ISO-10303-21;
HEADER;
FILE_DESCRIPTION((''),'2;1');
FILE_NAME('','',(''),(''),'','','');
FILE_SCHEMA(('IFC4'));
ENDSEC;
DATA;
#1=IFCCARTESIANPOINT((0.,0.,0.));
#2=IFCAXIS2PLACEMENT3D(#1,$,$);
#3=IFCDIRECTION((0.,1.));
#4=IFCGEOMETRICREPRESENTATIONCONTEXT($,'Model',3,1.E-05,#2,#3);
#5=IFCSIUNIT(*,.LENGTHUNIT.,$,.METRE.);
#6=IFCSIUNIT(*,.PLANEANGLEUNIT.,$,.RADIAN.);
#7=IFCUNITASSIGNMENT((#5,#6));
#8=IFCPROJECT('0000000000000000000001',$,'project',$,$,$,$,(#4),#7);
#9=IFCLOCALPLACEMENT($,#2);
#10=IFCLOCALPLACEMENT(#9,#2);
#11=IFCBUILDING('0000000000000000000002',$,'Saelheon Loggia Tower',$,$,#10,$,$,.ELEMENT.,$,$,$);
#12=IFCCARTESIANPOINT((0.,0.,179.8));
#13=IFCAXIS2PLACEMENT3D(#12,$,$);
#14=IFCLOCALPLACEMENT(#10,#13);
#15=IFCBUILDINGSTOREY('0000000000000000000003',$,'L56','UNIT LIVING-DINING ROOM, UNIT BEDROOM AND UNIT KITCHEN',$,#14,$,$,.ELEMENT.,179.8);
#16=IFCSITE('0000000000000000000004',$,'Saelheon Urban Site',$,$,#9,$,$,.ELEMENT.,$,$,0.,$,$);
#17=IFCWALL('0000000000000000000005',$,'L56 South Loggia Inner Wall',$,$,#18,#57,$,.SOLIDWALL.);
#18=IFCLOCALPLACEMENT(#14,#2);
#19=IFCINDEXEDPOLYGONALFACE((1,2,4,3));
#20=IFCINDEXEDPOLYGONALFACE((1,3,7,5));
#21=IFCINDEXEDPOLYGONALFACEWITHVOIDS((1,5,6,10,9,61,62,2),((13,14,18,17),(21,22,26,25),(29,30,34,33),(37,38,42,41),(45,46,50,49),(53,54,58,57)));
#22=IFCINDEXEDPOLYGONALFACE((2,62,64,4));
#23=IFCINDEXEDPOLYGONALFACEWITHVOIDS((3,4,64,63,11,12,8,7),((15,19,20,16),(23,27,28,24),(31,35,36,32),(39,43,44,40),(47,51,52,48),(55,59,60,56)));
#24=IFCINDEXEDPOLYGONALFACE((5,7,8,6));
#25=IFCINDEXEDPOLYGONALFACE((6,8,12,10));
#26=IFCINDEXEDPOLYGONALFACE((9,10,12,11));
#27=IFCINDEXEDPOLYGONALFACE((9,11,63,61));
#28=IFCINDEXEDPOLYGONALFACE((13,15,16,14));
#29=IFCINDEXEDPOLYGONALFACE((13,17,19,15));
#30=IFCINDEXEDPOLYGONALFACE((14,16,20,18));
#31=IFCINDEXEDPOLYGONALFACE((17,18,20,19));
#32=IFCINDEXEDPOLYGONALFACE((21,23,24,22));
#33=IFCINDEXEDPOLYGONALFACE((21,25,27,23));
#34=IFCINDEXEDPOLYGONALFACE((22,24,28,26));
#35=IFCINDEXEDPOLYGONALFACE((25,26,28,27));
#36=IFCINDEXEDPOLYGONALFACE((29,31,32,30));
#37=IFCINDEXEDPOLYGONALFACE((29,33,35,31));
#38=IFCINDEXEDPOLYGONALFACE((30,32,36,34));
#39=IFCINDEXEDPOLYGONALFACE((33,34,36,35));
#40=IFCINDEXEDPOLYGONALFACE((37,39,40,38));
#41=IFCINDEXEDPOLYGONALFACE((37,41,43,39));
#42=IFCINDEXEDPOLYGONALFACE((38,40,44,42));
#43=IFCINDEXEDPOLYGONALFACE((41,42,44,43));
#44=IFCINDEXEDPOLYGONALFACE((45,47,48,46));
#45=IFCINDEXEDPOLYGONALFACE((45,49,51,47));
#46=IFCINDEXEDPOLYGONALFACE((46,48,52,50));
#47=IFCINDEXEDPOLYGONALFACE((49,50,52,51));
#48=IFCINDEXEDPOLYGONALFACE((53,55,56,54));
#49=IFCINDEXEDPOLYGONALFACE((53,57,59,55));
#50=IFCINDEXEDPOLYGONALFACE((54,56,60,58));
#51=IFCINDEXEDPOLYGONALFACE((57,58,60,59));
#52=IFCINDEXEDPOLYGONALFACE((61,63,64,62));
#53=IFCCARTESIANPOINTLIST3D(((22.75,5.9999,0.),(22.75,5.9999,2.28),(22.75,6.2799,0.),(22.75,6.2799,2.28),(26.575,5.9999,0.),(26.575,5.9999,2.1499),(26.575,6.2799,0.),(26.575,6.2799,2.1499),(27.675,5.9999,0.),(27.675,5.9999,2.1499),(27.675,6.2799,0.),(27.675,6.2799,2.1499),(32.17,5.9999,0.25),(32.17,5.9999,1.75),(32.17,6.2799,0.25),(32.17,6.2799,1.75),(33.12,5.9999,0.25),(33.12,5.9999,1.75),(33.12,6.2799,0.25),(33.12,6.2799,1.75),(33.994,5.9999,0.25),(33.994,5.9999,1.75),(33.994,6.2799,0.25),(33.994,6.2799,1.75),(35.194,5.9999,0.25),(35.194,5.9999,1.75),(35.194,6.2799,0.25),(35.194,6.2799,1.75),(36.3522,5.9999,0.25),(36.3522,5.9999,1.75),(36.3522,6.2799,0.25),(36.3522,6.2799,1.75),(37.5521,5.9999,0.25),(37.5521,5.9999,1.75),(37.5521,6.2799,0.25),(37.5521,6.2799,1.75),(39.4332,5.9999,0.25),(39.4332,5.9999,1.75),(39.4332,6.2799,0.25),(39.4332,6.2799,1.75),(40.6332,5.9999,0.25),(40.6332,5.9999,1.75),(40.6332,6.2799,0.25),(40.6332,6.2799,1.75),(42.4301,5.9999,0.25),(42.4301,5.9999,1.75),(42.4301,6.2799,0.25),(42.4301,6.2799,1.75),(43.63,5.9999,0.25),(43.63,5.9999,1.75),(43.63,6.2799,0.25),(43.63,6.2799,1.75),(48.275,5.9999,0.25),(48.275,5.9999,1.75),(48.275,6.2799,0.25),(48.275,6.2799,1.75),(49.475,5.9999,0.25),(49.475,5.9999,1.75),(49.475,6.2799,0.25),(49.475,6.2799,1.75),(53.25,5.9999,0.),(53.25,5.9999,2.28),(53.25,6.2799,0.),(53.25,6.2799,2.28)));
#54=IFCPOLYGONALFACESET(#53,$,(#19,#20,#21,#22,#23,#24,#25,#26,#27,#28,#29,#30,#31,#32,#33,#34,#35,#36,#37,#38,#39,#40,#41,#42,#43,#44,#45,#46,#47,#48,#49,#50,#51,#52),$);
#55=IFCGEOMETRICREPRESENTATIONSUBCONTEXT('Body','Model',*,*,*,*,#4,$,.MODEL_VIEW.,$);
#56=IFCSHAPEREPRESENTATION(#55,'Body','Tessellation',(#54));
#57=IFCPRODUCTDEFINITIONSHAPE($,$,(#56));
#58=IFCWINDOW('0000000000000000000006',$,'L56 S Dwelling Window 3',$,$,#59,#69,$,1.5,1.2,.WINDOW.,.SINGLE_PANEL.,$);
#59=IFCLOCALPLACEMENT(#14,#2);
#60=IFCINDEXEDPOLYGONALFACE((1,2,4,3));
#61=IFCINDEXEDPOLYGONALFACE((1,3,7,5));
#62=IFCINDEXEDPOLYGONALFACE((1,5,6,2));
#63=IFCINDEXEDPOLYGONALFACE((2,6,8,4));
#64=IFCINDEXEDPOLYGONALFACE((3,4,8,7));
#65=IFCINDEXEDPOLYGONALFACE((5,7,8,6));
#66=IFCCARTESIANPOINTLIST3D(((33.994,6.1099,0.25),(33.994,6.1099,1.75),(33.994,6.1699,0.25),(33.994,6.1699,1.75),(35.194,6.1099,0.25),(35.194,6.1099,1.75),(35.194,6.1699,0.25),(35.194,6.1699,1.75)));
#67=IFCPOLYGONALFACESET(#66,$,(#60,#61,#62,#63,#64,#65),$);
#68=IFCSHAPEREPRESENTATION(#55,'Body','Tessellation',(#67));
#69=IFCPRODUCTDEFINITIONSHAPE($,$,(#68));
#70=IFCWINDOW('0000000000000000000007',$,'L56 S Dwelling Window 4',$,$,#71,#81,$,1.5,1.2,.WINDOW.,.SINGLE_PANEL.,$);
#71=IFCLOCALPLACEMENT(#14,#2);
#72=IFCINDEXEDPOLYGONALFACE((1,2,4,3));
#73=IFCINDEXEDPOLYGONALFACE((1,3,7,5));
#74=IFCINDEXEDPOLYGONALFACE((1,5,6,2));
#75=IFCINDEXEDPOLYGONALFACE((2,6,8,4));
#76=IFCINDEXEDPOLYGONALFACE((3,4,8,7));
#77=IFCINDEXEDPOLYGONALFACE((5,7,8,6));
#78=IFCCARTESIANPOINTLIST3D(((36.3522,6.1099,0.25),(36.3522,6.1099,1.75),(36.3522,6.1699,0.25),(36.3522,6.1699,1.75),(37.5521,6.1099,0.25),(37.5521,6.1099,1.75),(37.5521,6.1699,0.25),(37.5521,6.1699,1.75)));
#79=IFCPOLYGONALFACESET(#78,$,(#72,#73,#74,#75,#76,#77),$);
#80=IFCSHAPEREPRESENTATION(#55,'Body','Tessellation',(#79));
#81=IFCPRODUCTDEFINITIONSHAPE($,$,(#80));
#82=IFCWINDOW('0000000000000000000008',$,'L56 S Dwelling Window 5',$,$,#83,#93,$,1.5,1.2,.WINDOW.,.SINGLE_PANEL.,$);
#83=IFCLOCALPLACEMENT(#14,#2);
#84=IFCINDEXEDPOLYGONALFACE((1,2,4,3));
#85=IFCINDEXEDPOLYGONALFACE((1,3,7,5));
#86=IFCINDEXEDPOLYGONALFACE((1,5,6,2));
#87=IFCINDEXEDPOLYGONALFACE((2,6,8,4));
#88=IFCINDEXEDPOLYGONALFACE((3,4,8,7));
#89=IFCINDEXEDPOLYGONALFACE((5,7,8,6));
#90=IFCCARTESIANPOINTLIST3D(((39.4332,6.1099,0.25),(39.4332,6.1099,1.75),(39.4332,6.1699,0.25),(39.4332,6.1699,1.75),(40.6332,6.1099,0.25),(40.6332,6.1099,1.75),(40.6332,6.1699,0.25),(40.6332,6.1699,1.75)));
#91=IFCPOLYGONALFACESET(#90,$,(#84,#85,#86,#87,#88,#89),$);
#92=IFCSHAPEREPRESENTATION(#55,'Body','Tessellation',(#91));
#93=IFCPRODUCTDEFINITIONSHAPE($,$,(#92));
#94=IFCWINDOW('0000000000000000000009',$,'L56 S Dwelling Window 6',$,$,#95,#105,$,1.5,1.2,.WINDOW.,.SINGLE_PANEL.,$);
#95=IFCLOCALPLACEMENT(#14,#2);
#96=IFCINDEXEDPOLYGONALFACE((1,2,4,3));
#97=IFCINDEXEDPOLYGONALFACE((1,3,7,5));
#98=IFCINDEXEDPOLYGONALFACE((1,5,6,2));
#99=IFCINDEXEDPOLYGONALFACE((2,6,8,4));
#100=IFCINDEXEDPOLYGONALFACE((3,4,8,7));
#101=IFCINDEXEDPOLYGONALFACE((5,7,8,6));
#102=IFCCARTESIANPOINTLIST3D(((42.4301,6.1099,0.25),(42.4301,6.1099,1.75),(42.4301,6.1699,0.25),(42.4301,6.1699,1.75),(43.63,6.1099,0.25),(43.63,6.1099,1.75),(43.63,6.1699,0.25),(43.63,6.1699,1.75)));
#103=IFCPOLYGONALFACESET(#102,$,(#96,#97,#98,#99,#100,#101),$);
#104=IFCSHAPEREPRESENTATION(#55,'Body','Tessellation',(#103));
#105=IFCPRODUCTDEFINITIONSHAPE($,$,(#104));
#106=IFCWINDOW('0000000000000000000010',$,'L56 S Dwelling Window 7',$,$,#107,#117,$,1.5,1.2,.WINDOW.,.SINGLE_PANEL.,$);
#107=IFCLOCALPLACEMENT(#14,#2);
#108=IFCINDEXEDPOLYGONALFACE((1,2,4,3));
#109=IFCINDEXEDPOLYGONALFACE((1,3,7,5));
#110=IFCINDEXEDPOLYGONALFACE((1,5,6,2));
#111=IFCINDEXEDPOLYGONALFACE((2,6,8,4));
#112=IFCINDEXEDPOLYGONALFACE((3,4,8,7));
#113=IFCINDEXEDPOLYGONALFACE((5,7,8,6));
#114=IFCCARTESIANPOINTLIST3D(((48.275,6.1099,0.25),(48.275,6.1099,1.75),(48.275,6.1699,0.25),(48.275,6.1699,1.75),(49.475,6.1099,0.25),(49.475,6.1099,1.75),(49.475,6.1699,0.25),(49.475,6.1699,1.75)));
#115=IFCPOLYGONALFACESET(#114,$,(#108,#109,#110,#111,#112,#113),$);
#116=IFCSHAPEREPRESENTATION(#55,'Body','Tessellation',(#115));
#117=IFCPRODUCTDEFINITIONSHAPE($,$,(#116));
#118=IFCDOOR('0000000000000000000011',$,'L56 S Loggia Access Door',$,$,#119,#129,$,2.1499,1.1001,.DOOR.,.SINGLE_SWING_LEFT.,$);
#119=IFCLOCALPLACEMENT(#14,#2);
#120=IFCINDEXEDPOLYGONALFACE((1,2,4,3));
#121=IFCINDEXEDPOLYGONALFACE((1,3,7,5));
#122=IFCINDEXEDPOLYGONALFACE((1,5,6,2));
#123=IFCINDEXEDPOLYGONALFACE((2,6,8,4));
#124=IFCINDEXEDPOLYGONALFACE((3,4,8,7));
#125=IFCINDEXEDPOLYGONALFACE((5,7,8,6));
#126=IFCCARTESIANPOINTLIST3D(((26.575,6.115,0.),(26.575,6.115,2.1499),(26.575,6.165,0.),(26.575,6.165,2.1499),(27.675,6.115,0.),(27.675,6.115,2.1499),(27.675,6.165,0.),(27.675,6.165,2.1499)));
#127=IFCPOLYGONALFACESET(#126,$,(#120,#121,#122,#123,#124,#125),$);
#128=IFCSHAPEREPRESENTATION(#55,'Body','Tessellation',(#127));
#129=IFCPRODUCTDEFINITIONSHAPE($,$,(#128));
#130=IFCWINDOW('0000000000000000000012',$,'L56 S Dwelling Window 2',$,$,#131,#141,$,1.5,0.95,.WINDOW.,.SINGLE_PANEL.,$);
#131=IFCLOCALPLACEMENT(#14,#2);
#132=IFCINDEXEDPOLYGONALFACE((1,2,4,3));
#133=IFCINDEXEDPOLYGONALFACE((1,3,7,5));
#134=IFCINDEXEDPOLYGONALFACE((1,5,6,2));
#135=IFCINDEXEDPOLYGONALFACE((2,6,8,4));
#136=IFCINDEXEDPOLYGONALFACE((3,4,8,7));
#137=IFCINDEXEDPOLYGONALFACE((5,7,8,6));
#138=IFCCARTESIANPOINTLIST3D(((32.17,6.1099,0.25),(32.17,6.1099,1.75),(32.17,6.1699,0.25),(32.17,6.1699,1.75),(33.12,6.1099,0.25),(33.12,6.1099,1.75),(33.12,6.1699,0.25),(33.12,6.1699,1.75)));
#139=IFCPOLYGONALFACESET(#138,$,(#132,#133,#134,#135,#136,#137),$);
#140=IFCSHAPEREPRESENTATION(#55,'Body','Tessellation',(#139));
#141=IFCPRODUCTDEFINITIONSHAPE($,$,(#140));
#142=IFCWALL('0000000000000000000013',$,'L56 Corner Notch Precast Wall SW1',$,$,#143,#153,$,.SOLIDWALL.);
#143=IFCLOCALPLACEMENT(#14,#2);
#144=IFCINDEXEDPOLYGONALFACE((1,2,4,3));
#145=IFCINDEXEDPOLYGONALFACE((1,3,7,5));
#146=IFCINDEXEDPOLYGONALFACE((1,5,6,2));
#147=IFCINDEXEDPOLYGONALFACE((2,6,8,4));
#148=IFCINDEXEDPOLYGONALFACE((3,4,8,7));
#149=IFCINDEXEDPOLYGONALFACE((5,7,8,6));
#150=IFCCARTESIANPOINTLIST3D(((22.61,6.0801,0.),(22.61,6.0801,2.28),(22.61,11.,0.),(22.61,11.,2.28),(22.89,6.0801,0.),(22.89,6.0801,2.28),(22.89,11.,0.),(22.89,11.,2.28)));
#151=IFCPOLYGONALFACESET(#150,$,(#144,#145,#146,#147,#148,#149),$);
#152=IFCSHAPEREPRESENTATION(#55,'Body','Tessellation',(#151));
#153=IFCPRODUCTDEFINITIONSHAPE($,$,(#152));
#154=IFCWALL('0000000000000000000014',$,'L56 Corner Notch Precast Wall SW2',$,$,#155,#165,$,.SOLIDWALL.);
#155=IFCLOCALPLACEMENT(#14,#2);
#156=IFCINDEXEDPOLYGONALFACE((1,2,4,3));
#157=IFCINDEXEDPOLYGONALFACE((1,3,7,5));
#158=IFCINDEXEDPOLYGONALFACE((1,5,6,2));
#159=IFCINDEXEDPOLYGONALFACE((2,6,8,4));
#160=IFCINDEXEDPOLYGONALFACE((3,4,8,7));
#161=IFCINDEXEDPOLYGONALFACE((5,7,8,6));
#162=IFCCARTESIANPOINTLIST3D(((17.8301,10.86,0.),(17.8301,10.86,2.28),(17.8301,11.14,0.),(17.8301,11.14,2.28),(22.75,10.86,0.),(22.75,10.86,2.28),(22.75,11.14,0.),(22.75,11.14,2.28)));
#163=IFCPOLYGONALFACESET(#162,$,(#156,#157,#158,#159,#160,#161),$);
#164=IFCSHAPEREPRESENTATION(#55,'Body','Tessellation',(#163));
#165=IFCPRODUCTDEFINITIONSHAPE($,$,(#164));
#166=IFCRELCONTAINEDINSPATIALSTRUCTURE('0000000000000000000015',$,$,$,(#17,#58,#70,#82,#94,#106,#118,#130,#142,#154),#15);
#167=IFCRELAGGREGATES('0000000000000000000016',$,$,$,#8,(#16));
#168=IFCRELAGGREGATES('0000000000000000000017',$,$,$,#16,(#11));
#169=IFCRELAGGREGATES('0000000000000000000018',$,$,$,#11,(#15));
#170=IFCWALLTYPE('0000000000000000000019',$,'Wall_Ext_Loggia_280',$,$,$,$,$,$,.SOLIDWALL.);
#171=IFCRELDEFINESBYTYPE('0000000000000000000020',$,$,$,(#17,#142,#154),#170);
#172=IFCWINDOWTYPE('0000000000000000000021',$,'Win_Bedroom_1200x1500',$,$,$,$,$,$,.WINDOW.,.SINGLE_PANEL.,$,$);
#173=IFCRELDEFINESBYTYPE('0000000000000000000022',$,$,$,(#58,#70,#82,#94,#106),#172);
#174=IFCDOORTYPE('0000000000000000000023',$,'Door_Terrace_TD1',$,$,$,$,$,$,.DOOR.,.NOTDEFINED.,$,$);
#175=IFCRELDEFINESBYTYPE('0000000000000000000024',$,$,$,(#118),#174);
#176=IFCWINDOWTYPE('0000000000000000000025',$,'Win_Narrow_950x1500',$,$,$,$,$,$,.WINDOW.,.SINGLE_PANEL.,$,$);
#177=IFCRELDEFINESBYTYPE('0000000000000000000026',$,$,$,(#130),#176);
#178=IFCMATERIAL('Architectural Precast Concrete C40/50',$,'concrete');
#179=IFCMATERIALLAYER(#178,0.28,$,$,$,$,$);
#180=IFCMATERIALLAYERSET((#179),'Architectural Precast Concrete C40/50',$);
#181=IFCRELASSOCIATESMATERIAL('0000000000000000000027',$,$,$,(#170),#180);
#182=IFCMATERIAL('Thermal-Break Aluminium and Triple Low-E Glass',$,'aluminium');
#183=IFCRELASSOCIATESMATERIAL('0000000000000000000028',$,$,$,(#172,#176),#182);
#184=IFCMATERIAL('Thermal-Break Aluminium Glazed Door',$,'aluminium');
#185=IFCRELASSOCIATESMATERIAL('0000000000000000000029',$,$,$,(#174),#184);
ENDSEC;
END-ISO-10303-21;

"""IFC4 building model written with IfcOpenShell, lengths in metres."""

from ifc_helpers import new_model, si_unit, direction, frame, frame_2d, origin, place, context, subcontext, project, spatial, rectangle, extrude, source, transform, mapped, material, layer, layer_set, type_object, element, fill, save


model = new_model("IFC4")

# Units and contexts
model_context = context("Model", 3, precision=1e-05, world=origin(), true_north=direction((0.0, 1.0)))
body_context = subcontext(model_context, "Body", "Model", "MODEL_VIEW")
ifc_project = project(units=[si_unit("LENGTHUNIT", "METRE"), si_unit("PLANEANGLEUNIT", "RADIAN")], contexts=[model_context])

# Site, building, storey
site_placement = place(None, origin())
site = spatial("IfcSite", under=ifc_project, at=site_placement, Name="Saelheon Urban Site", CompositionType="ELEMENT", RefElevation=0.0)
building_placement = place(site_placement, origin())
building = spatial("IfcBuilding", under=site, at=building_placement, Name="Saelheon Loggia Tower", CompositionType="ELEMENT")
storey_placement = place(building_placement, frame((0.0, 0.0, 179.8)))
storey = spatial("IfcBuildingStorey", under=building, at=storey_placement, Name="L56", Description="UNIT LIVING-DINING ROOM, UNIT BEDROOM AND UNIT KITCHEN", CompositionType="ELEMENT", Elevation=179.8)

# Wall, openings, windows, door
ifc_material_1 = material(Name="Architectural Precast Concrete C40/50", Category="concrete")
ifc_layer = layer(ifc_material_1, 0.28)
ifc_layer_set = layer_set([ifc_layer], Name="Architectural Precast Concrete C40/50")
wall_type = type_object("IfcWallType", Name="Wall_Ext_Loggia_280", PredefinedType="SOLIDWALL", material=ifc_layer_set)
wall_1_placement = place(storey_placement, frame((22.75, 6.1399, 0.0), z_axis=(0.0, 0.0, 1.0), x_axis=(1.0, 0.0, 0.0)))
wall_1 = element("IfcWall", 1, at=wall_1_placement, inside=storey, type_object=wall_type, Name="L56 South Loggia Inner Wall", PredefinedType="SOLIDWALL", context=body_context, shape_type="SweptSolid", body=[
    extrude(rectangle(XDim=30.5, YDim=0.28, at=frame_2d((15.25, 0.0))), origin(), (0.0, 0.0, 1.0), 2.28),
])
opening_1_placement = place(wall_1_placement, frame((4.925, 0.0, 0.0), z_axis=(0.0, 0.0, 1.0), x_axis=(-1.0, 0.0, 0.0)))
opening_1 = element("IfcOpeningElement", 2, at=opening_1_placement, cuts=wall_1, PredefinedType="OPENING", context=body_context, shape_type="SweptSolid", body=[
    extrude(rectangle(XDim=1.1001, YDim=2.1499, at=frame_2d((0.55, 1.075))), frame((0.0, 0.1521, 0.0), z_axis=(0.0, -1.0, 0.0), x_axis=(1.0, 0.0, 0.0)), (0.0, 0.0, 1.0), 0.304),
])
opening_2_placement = place(wall_1_placement, frame((9.4199, 0.0, 0.25)))
opening_2 = element("IfcOpeningElement", 3, at=opening_2_placement, cuts=wall_1, PredefinedType="OPENING", context=body_context, shape_type="SweptSolid", body=[
    extrude(rectangle(XDim=0.95, YDim=1.5, at=frame_2d((0.4751, 0.75))), frame((0.0, 0.1521, 0.0), z_axis=(0.0, -1.0, 0.0), x_axis=(1.0, 0.0, 0.0)), (0.0, 0.0, 1.0), 0.304),
])
opening_3_placement = place(wall_1_placement, frame((11.2439, 0.0, 0.25)))
opening_3 = element("IfcOpeningElement", 4, at=opening_3_placement, cuts=wall_1, PredefinedType="OPENING", context=body_context, shape_type="SweptSolid", body=[
    extrude(rectangle(XDim=1.2, YDim=1.5, at=frame_2d((0.6001, 0.75))), frame((0.0, 0.1521, 0.0), z_axis=(0.0, -1.0, 0.0), x_axis=(1.0, 0.0, 0.0)), (0.0, 0.0, 1.0), 0.304),
])
opening_4_placement = place(wall_1_placement, frame((13.6021, 0.0, 0.25)))
opening_4 = element("IfcOpeningElement", 5, at=opening_4_placement, cuts=wall_1, PredefinedType="OPENING", context=body_context, shape_type="SweptSolid", body=[
    extrude(rectangle(XDim=1.2, YDim=1.5, at=frame_2d((0.6001, 0.75))), frame((0.0, 0.1521, 0.0), z_axis=(0.0, -1.0, 0.0), x_axis=(1.0, 0.0, 0.0)), (0.0, 0.0, 1.0), 0.304),
])
opening_5_placement = place(wall_1_placement, frame((16.6831, 0.0, 0.25)))
opening_5 = element("IfcOpeningElement", 6, at=opening_5_placement, cuts=wall_1, PredefinedType="OPENING", context=body_context, shape_type="SweptSolid", body=[
    extrude(rectangle(XDim=1.2, YDim=1.5, at=frame_2d((0.6001, 0.75))), frame((0.0, 0.1521, 0.0), z_axis=(0.0, -1.0, 0.0), x_axis=(1.0, 0.0, 0.0)), (0.0, 0.0, 1.0), 0.304),
])
opening_6_placement = place(wall_1_placement, frame((19.6799, 0.0, 0.25)))
opening_6 = element("IfcOpeningElement", 7, at=opening_6_placement, cuts=wall_1, PredefinedType="OPENING", context=body_context, shape_type="SweptSolid", body=[
    extrude(rectangle(XDim=1.2, YDim=1.5, at=frame_2d((0.6001, 0.75))), frame((0.0, 0.1521, 0.0), z_axis=(0.0, -1.0, 0.0), x_axis=(1.0, 0.0, 0.0)), (0.0, 0.0, 1.0), 0.304),
])
opening_7_placement = place(wall_1_placement, frame((25.5249, 0.0, 0.25)))
opening_7 = element("IfcOpeningElement", 8, at=opening_7_placement, cuts=wall_1, PredefinedType="OPENING", context=body_context, shape_type="SweptSolid", body=[
    extrude(rectangle(XDim=1.2, YDim=1.5, at=frame_2d((0.6001, 0.75))), frame((0.0, 0.1521, 0.0), z_axis=(0.0, -1.0, 0.0), x_axis=(1.0, 0.0, 0.0)), (0.0, 0.0, 1.0), 0.304),
])
ifc_material_2 = material(Name="Thermal-Break Aluminium and Triple Low-E Glass", Category="aluminium")
window_type_1 = type_object("IfcWindowType", Name="Win_Bedroom_1200x1500", PartitioningType="SINGLE_PANEL", PredefinedType="WINDOW", material=ifc_material_2)
shared_shape_1 = source(origin(), body_context, "Body", "SweptSolid", [
    extrude(rectangle(XDim=1.2, YDim=1.5, at=frame_2d((0.6001, 0.75))), frame((0.0, 0.03, 0.0), z_axis=(0.0, -1.0, 0.0), x_axis=(1.0, 0.0, 0.0)), (0.0, 0.0, 1.0), 0.0601),
])
window_1_placement = place(opening_3_placement, origin())
window_1 = element("IfcWindow", 9, at=window_1_placement, inside=storey, type_object=window_type_1, Name="L56 S Dwelling Window 3", OverallHeight=1.5, OverallWidth=1.2, PartitioningType="SINGLE_PANEL", PredefinedType="WINDOW", context=body_context, shape_type="MappedRepresentation", body=[
    mapped(shared_shape_1, transform((0.0, 0.0, 0.0), scale=1.0)),
])
fill(opening_3, window_1)
window_2_placement = place(opening_4_placement, origin())
window_2 = element("IfcWindow", 10, at=window_2_placement, inside=storey, type_object=window_type_1, Name="L56 S Dwelling Window 4", OverallHeight=1.5, OverallWidth=1.2, PartitioningType="SINGLE_PANEL", PredefinedType="WINDOW", context=body_context, shape_type="MappedRepresentation", body=[
    mapped(shared_shape_1, transform((0.0, 0.0, 0.0), scale=1.0)),
])
fill(opening_4, window_2)
window_3_placement = place(opening_5_placement, origin())
window_3 = element("IfcWindow", 11, at=window_3_placement, inside=storey, type_object=window_type_1, Name="L56 S Dwelling Window 5", OverallHeight=1.5, OverallWidth=1.2, PartitioningType="SINGLE_PANEL", PredefinedType="WINDOW", context=body_context, shape_type="MappedRepresentation", body=[
    mapped(shared_shape_1, transform((0.0, 0.0, 0.0), scale=1.0)),
])
fill(opening_5, window_3)
window_4_placement = place(opening_6_placement, origin())
window_4 = element("IfcWindow", 12, at=window_4_placement, inside=storey, type_object=window_type_1, Name="L56 S Dwelling Window 6", OverallHeight=1.5, OverallWidth=1.2, PartitioningType="SINGLE_PANEL", PredefinedType="WINDOW", context=body_context, shape_type="MappedRepresentation", body=[
    mapped(shared_shape_1, transform((0.0, 0.0, 0.0), scale=1.0)),
])
fill(opening_6, window_4)
window_5_placement = place(opening_7_placement, origin())
window_5 = element("IfcWindow", 13, at=window_5_placement, inside=storey, type_object=window_type_1, Name="L56 S Dwelling Window 7", OverallHeight=1.5, OverallWidth=1.2, PartitioningType="SINGLE_PANEL", PredefinedType="WINDOW", context=body_context, shape_type="MappedRepresentation", body=[
    mapped(shared_shape_1, transform((0.0, 0.0, 0.0), scale=1.0)),
])
fill(opening_7, window_5)
ifc_material_3 = material(Name="Thermal-Break Aluminium Glazed Door", Category="aluminium")
door_type_1 = type_object("IfcDoorType", Name="Door_Terrace_TD1", OperationType="NOTDEFINED", PredefinedType="DOOR", material=ifc_material_3)
shared_shape_2 = source(origin(), body_context, "Body", "SweptSolid", [
    extrude(rectangle(XDim=1.1001, YDim=2.1499, at=frame_2d((0.55, 1.075))), frame((0.0, 0.0249, 0.0), z_axis=(0.0, -1.0, 0.0), x_axis=(1.0, 0.0, 0.0)), (0.0, 0.0, 1.0), 0.05),
])
door_1_placement = place(opening_1_placement, origin())
door_1 = element("IfcDoor", 14, at=door_1_placement, inside=storey, type_object=door_type_1, Name="L56 S Loggia Access Door", OperationType="SINGLE_SWING_LEFT", OverallHeight=2.1499, OverallWidth=1.1001, PredefinedType="DOOR", context=body_context, shape_type="MappedRepresentation", body=[
    mapped(shared_shape_2, transform((0.0, 0.0, 0.0), scale=1.0)),
])
fill(opening_1, door_1)
window_type_2 = type_object("IfcWindowType", Name="Win_Narrow_950x1500", PartitioningType="SINGLE_PANEL", PredefinedType="WINDOW", material=ifc_material_2)
shared_shape_3 = source(origin(), body_context, "Body", "SweptSolid", [
    extrude(rectangle(XDim=0.95, YDim=1.5, at=frame_2d((0.4751, 0.75))), frame((0.0, 0.03, 0.0), z_axis=(0.0, -1.0, 0.0), x_axis=(1.0, 0.0, 0.0)), (0.0, 0.0, 1.0), 0.0601),
])
window_6_placement = place(opening_2_placement, origin())
window_6 = element("IfcWindow", 15, at=window_6_placement, inside=storey, type_object=window_type_2, Name="L56 S Dwelling Window 2", OverallHeight=1.5, OverallWidth=0.95, PartitioningType="SINGLE_PANEL", PredefinedType="WINDOW", context=body_context, shape_type="MappedRepresentation", body=[
    mapped(shared_shape_3, transform((0.0, 0.0, 0.0), scale=1.0)),
])
fill(opening_2, window_6)

# Walls
for number, where, z_axis, x_axis, name in (
    (16, (22.75, 6.0801, 0.0), (0.0, 0.0, 1.0), (0.0, 1.0, 0.0), "L56 Corner Notch Precast Wall SW1"),
    (17, (17.8301, 11.0, 0.0), (0.0, 0.0, 1.0), (1.0, 0.0, 0.0), "L56 Corner Notch Precast Wall SW2"),
):
    element("IfcWall", number, at=place(storey_placement, frame(where, z_axis=z_axis, x_axis=x_axis)), inside=storey, type_object=wall_type, Name=name, PredefinedType="SOLIDWALL", context=body_context, shape_type="SweptSolid", body=[
        extrude(rectangle(XDim=4.9199, YDim=0.28, at=frame_2d((2.46, 0.0))), origin(), (0.0, 0.0, 1.0), 2.28),
    ])

save(model, "model.ifc")
